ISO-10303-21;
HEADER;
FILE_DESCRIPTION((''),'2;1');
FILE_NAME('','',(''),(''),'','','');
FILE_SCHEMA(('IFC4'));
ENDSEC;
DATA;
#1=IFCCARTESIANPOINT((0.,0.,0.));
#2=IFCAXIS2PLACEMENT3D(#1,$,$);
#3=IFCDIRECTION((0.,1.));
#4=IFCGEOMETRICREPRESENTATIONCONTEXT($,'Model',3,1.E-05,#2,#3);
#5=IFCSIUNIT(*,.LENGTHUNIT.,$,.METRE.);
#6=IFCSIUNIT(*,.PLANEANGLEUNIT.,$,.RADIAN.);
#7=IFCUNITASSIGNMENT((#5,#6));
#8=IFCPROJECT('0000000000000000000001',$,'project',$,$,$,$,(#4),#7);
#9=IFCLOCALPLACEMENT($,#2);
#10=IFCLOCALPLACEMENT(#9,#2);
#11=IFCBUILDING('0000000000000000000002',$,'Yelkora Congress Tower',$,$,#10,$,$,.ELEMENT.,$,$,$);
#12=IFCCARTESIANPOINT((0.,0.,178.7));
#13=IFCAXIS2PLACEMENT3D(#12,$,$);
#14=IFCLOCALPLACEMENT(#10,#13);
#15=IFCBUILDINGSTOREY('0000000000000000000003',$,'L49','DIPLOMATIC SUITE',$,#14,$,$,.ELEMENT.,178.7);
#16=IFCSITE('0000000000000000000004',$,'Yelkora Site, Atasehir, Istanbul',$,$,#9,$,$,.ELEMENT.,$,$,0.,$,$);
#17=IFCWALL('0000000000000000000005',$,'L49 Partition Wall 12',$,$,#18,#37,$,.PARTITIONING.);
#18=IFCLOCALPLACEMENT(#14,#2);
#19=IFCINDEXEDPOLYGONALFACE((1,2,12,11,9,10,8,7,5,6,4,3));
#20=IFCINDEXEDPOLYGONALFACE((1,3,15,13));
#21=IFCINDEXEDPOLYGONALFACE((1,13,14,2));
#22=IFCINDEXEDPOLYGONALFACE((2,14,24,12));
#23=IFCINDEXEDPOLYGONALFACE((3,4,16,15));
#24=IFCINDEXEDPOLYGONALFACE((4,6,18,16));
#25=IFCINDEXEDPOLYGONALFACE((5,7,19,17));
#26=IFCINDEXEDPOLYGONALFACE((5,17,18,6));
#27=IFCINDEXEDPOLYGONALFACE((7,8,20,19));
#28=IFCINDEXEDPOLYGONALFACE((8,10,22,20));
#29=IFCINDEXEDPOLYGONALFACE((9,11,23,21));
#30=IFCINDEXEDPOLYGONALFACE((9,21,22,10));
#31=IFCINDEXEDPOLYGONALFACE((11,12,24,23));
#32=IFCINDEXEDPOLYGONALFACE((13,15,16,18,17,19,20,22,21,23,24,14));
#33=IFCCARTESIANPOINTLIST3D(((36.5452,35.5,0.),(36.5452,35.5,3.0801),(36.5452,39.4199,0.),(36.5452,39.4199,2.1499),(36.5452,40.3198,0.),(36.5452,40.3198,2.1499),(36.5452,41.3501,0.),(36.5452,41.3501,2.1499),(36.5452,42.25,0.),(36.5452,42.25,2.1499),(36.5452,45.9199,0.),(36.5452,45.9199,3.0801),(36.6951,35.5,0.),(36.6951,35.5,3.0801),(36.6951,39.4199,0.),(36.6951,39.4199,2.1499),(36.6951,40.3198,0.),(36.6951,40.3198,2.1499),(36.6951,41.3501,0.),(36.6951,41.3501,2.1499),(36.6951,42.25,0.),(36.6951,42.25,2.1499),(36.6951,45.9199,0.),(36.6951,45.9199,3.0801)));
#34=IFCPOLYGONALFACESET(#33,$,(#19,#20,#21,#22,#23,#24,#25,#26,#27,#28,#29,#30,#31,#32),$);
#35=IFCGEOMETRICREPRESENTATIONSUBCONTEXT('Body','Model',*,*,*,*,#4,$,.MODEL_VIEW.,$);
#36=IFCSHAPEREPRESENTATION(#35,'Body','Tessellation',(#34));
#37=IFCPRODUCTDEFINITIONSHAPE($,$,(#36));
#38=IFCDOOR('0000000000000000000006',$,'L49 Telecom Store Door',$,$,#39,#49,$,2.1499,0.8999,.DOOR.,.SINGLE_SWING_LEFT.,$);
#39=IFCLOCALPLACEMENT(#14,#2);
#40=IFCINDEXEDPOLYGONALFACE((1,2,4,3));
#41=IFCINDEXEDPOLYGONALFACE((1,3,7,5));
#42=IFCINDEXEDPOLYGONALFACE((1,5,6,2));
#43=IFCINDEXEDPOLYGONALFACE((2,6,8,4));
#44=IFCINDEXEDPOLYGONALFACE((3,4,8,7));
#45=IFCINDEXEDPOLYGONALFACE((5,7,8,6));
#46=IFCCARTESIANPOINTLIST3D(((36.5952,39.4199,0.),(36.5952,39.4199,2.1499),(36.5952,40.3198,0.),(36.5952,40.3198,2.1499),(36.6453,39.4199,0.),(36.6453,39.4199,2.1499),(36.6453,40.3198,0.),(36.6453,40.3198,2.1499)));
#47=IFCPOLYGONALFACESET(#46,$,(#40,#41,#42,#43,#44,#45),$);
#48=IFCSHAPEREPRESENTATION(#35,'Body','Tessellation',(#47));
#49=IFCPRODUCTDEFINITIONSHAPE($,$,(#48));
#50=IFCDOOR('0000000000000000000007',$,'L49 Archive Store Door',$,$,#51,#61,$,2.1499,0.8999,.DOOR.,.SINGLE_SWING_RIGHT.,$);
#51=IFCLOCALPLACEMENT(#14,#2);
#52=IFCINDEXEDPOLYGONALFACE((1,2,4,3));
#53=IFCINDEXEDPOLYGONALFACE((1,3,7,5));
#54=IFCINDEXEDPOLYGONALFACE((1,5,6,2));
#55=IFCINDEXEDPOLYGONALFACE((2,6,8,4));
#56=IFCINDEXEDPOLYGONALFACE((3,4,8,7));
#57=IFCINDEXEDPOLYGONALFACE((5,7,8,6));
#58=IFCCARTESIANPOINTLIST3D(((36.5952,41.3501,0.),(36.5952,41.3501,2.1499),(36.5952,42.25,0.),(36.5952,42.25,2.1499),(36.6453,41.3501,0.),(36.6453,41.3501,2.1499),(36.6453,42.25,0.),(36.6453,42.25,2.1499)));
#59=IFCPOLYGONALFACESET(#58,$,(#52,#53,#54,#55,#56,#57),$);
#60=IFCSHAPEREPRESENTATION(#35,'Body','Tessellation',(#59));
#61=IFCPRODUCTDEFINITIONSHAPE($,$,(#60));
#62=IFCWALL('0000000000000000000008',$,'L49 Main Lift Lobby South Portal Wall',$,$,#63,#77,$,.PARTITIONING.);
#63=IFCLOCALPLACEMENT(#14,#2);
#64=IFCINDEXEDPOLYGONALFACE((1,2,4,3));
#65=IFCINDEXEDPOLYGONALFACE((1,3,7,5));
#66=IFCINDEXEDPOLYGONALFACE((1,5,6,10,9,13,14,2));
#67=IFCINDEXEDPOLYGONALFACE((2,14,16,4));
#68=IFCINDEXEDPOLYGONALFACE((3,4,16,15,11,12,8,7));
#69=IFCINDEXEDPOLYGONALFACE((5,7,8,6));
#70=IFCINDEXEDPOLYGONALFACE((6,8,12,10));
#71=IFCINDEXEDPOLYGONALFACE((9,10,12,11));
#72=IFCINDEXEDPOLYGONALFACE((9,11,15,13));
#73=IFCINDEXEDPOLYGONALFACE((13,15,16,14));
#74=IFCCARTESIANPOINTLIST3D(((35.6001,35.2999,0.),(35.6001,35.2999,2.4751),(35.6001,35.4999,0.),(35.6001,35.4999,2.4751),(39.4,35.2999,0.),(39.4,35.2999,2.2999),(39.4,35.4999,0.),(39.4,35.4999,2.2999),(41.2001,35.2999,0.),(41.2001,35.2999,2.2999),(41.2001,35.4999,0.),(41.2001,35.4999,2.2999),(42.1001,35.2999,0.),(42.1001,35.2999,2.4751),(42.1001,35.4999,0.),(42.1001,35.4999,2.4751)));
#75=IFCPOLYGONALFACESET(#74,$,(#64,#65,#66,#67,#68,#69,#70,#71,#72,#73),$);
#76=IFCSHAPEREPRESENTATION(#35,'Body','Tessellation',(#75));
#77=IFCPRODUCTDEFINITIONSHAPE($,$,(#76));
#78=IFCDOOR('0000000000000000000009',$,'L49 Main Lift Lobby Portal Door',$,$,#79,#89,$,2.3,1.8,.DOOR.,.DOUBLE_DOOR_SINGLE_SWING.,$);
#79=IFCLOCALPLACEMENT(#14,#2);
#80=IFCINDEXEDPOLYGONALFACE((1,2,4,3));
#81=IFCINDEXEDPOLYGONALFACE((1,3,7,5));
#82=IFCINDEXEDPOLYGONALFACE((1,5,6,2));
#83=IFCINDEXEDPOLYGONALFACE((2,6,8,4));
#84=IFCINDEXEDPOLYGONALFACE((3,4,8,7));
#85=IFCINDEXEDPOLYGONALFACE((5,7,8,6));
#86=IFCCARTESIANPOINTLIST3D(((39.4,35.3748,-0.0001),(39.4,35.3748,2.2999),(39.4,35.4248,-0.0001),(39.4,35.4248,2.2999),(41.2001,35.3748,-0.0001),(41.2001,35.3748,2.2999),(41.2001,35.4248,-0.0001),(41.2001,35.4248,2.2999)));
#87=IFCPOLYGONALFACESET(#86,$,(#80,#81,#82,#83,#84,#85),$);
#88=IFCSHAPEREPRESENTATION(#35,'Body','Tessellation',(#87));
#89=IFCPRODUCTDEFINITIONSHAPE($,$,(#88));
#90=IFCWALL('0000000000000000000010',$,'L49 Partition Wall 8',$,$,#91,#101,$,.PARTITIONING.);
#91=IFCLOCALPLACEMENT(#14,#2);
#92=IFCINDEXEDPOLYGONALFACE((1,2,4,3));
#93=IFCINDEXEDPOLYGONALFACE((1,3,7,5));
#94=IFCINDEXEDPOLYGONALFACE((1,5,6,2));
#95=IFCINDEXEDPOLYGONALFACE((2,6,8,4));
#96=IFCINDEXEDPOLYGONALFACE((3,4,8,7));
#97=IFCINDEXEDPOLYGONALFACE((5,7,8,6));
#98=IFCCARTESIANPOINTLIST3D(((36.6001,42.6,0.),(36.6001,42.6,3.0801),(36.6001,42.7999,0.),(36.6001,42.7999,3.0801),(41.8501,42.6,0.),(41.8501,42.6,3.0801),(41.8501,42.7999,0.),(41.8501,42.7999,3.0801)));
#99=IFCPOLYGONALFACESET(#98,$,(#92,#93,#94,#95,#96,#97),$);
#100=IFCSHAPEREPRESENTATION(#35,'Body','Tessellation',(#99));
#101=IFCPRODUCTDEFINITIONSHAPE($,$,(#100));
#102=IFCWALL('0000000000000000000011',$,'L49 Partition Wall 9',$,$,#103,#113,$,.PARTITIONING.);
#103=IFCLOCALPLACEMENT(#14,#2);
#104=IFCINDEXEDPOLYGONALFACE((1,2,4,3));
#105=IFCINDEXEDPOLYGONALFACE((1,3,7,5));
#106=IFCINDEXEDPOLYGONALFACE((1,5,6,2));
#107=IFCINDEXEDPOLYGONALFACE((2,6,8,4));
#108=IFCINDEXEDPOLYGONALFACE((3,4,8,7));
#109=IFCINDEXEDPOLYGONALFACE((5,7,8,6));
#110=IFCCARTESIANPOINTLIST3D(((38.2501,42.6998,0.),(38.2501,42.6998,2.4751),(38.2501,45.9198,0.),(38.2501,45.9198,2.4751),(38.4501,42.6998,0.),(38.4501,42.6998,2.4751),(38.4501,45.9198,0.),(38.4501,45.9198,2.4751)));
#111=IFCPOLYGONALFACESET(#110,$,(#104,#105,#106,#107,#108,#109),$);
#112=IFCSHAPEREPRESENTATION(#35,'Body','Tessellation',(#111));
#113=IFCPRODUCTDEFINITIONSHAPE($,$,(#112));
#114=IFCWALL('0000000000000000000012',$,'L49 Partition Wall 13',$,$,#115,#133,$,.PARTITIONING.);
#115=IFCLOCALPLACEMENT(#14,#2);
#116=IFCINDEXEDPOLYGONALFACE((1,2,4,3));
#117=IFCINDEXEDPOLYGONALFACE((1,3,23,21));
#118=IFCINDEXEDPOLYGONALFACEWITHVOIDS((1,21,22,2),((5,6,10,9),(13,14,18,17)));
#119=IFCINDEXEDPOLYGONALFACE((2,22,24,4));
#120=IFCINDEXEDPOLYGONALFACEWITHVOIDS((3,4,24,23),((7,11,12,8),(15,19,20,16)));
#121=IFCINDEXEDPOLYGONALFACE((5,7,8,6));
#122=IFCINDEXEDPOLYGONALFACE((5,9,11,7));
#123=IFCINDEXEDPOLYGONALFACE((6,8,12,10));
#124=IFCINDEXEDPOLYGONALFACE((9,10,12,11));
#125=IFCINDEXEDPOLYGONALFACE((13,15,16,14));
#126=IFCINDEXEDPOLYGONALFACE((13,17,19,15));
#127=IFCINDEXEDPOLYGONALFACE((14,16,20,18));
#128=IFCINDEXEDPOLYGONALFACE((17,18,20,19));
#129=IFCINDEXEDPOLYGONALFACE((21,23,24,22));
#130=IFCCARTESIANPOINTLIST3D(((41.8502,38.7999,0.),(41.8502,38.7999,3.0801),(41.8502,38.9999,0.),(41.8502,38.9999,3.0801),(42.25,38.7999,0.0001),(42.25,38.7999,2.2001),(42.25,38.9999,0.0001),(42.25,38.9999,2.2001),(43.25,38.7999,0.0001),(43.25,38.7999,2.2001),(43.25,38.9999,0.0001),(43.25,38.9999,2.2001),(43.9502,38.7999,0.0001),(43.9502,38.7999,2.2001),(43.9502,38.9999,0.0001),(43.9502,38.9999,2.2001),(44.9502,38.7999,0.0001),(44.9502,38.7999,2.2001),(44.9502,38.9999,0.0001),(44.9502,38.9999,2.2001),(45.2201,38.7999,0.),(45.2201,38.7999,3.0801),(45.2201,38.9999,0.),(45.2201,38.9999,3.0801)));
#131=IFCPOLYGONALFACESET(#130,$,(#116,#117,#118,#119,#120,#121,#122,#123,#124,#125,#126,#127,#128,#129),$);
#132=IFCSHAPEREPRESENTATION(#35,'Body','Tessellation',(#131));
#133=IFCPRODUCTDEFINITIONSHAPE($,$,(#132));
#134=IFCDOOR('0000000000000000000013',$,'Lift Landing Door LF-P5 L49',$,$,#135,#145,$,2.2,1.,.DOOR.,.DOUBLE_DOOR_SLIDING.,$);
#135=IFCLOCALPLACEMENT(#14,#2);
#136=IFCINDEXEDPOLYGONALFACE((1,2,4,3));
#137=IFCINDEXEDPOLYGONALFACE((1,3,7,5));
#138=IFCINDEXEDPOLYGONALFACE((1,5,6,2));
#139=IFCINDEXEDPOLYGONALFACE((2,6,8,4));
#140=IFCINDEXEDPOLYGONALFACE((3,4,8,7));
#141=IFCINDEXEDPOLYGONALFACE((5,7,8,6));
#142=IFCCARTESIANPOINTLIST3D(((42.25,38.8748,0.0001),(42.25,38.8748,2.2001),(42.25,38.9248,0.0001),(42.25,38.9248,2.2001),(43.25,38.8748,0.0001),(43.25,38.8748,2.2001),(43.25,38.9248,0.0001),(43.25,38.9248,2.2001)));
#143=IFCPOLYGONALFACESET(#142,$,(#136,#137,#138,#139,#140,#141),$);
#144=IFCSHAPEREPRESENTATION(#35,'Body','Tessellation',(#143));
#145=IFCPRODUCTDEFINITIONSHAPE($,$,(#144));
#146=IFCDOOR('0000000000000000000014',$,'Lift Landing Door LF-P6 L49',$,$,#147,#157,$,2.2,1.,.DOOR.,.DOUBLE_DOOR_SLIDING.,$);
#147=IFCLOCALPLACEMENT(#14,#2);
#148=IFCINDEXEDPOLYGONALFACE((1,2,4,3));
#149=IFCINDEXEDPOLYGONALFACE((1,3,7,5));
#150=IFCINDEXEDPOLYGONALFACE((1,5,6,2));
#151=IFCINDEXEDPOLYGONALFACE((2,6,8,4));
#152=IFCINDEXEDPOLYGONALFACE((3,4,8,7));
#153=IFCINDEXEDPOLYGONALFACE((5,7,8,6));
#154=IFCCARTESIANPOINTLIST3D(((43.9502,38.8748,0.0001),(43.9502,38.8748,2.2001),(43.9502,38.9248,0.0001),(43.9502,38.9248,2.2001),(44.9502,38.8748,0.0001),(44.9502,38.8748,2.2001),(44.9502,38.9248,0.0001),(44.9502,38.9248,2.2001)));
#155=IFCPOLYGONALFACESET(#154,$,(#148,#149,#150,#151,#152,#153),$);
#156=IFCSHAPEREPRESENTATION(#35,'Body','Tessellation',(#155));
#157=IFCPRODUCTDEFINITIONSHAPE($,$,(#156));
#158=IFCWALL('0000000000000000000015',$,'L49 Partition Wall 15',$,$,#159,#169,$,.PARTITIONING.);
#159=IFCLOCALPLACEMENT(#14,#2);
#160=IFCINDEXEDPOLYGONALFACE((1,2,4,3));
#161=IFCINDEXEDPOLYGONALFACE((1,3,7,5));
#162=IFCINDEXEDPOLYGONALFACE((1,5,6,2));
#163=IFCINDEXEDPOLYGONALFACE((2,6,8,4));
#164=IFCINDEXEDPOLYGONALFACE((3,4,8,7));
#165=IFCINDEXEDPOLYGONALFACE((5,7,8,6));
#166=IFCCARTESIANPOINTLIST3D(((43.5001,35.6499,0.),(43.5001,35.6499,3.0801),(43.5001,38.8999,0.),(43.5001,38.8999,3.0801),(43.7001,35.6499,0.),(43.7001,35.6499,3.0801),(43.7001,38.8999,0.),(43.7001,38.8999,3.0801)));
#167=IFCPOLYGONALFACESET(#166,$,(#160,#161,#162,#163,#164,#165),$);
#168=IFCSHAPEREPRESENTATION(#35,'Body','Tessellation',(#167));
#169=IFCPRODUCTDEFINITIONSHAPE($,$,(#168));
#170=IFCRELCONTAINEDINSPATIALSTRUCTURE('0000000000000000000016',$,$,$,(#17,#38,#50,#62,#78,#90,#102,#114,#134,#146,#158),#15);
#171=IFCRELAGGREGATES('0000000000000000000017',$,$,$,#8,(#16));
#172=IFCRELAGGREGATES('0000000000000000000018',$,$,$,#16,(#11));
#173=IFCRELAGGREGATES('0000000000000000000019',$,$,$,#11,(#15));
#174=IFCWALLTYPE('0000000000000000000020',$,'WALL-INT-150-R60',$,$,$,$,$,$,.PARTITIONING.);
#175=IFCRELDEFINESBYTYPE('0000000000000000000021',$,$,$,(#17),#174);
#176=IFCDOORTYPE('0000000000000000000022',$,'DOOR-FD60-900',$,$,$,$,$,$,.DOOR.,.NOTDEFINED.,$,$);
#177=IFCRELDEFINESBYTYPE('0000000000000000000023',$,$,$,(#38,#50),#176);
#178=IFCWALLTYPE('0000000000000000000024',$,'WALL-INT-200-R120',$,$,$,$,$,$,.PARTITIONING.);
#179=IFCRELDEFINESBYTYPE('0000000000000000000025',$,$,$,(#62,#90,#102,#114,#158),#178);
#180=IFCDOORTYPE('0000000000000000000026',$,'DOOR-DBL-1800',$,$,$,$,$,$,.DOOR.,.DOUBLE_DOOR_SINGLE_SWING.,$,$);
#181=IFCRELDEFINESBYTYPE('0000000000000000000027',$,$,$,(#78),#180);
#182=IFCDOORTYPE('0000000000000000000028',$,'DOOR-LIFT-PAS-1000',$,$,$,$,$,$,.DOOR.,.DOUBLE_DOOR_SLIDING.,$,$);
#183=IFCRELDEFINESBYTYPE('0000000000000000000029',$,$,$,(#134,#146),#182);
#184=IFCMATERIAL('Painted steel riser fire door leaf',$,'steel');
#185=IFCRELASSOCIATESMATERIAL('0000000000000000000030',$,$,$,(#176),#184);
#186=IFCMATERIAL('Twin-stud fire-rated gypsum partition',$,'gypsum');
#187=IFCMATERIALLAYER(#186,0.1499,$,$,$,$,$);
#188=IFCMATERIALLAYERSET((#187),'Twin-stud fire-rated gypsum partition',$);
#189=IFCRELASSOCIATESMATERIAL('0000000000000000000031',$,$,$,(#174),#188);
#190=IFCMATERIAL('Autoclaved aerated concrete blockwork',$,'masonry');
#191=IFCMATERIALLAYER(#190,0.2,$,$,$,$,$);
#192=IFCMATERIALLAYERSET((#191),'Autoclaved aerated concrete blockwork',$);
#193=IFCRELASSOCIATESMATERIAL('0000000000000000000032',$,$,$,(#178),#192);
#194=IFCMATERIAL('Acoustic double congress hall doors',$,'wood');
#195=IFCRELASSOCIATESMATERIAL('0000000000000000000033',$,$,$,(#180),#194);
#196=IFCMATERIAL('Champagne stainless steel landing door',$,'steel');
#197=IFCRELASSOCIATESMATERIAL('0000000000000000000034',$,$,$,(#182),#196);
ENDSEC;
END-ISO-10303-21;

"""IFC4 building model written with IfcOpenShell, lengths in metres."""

from ifc_helpers import new_model, si_unit, direction, frame, frame_2d, origin, place, context, subcontext, project, spatial, rectangle, extrude, material, layer, layer_set, type_object, element, fill, save


model = new_model("IFC4")

# Units and contexts
model_context = context("Model", 3, precision=1e-05, world=origin(), true_north=direction((0.0, 1.0)))
body_context = subcontext(model_context, "Body", "Model", "MODEL_VIEW")
ifc_project = project(units=[si_unit("LENGTHUNIT", "METRE"), si_unit("PLANEANGLEUNIT", "RADIAN")], contexts=[model_context])

# Site, building, storey
site_placement = place(None, origin())
site = spatial("IfcSite", under=ifc_project, at=site_placement, Name="Yelkora Site, Atasehir, Istanbul", CompositionType="ELEMENT", RefElevation=0.0)
building_placement = place(site_placement, origin())
building = spatial("IfcBuilding", under=site, at=building_placement, Name="Yelkora Congress Tower", CompositionType="ELEMENT")
storey_placement = place(building_placement, frame((0.0, 0.0, 178.7)))
storey = spatial("IfcBuildingStorey", under=building, at=storey_placement, Name="L49", Description="DIPLOMATIC SUITE", CompositionType="ELEMENT", Elevation=178.7)

# Shared definitions
ifc_material_1 = material(Name="Painted steel riser fire door leaf", Category="steel")
door_type_1 = type_object("IfcDoorType", Name="DOOR-FD60-900", OperationType="NOTDEFINED", PredefinedType="DOOR", material=ifc_material_1)

# Shared definitions
ifc_material_2 = material(Name="Twin-stud fire-rated gypsum partition", Category="gypsum")
ifc_layer_1 = layer(ifc_material_2, 0.1499)
ifc_layer_set_1 = layer_set([ifc_layer_1], Name="Twin-stud fire-rated gypsum partition")
wall_type_1 = type_object("IfcWallType", Name="WALL-INT-150-R60", PredefinedType="PARTITIONING", material=ifc_layer_set_1)

# Wall, openings, doors
wall_1_placement = place(storey_placement, frame((36.6201, 35.5, 0.0), z_axis=(0.0, 0.0, 1.0), x_axis=(0.0, 1.0, 0.0)))
wall_1 = element("IfcWall", 1, at=wall_1_placement, inside=storey, type_object=wall_type_1, Name="L49 Partition Wall 12", PredefinedType="PARTITIONING", context=body_context, shape_type="SweptSolid", body=[
    extrude(rectangle(XDim=10.4199, YDim=0.1499, at=frame_2d((5.21, 0.0))), origin(), (0.0, 0.0, 1.0), 3.0801),
])
opening_1_placement = place(wall_1_placement, frame((3.9199, 0.0, 0.0)))
opening_1 = element("IfcOpeningElement", 2, at=opening_1_placement, cuts=wall_1, PredefinedType="OPENING", context=body_context, shape_type="SweptSolid", body=[
    extrude(rectangle(XDim=0.8999, YDim=2.1499, at=frame_2d((0.45, 1.075))), frame((0.0, 0.085, 0.0), z_axis=(0.0, -1.0, 0.0), x_axis=(1.0, 0.0, 0.0)), (0.0, 0.0, 1.0), 0.1699),
])
opening_2_placement = place(wall_1_placement, frame((5.8501, 0.0, 0.0)))
opening_2 = element("IfcOpeningElement", 3, at=opening_2_placement, cuts=wall_1, PredefinedType="OPENING", context=body_context, shape_type="SweptSolid", body=[
    extrude(rectangle(XDim=0.8999, YDim=2.1499, at=frame_2d((0.45, 1.075))), frame((0.0, 0.085, 0.0), z_axis=(0.0, -1.0, 0.0), x_axis=(1.0, 0.0, 0.0)), (0.0, 0.0, 1.0), 0.1699),
])
door_1_placement = place(opening_1_placement, origin())
door_1 = element("IfcDoor", 4, at=door_1_placement, inside=storey, type_object=door_type_1, Name="L49 Telecom Store Door", OperationType="SINGLE_SWING_LEFT", OverallHeight=2.1499, OverallWidth=0.8999, PredefinedType="DOOR", context=body_context, shape_type="SweptSolid", body=[
    extrude(rectangle(XDim=0.8999, YDim=2.1499, at=frame_2d((0.45, 1.075))), frame((0.0, 0.0249, 0.0), z_axis=(0.0, -1.0, 0.0), x_axis=(1.0, 0.0, 0.0)), (0.0, 0.0, 1.0), 0.05),
])
fill(opening_1, door_1)
door_2_placement = place(opening_2_placement, origin())
door_2 = element("IfcDoor", 5, at=door_2_placement, inside=storey, type_object=door_type_1, Name="L49 Archive Store Door", OperationType="SINGLE_SWING_RIGHT", OverallHeight=2.1499, OverallWidth=0.8999, PredefinedType="DOOR", context=body_context, shape_type="SweptSolid", body=[
    extrude(rectangle(XDim=0.8999, YDim=2.1499, at=frame_2d((0.45, 1.075))), frame((0.0, 0.0249, 0.0), z_axis=(0.0, -1.0, 0.0), x_axis=(1.0, 0.0, 0.0)), (0.0, 0.0, 1.0), 0.05),
])
fill(opening_2, door_2)

# Wall, opening, door
ifc_material_3 = material(Name="Autoclaved aerated concrete blockwork", Category="masonry")
ifc_layer_2 = layer(ifc_material_3, 0.2)
ifc_layer_set_2 = layer_set([ifc_layer_2], Name="Autoclaved aerated concrete blockwork")
wall_type_2 = type_object("IfcWallType", Name="WALL-INT-200-R120", PredefinedType="PARTITIONING", material=ifc_layer_set_2)
wall_2_placement = place(storey_placement, frame((35.6001, 35.3999, 0.0), z_axis=(0.0, 0.0, 1.0), x_axis=(1.0, 0.0, 0.0)))
wall_2 = element("IfcWall", 6, at=wall_2_placement, inside=storey, type_object=wall_type_2, Name="L49 Main Lift Lobby South Portal Wall", PredefinedType="PARTITIONING", context=body_context, shape_type="SweptSolid", body=[
    extrude(rectangle(XDim=6.5, YDim=0.2, at=frame_2d((3.25, 0.0))), origin(), (0.0, 0.0, 1.0), 2.4751),
])
opening_3_placement = place(wall_2_placement, frame((3.8, 0.0, 0.0)))
opening_3 = element("IfcOpeningElement", 7, at=opening_3_placement, cuts=wall_2, PredefinedType="OPENING", context=body_context, shape_type="SweptSolid", body=[
    extrude(rectangle(XDim=1.8, YDim=2.3, at=frame_2d((0.8999, 1.1499))), frame((0.0, 0.1099, 0.0), z_axis=(0.0, -1.0, 0.0), x_axis=(1.0, 0.0, 0.0)), (0.0, 0.0, 1.0), 0.22),
])
ifc_material_4 = material(Name="Acoustic double congress hall doors", Category="wood")
door_type_2 = type_object("IfcDoorType", Name="DOOR-DBL-1800", OperationType="DOUBLE_DOOR_SINGLE_SWING", PredefinedType="DOOR", material=ifc_material_4)
door_3_placement = place(opening_3_placement, origin())
door_3 = element("IfcDoor", 8, at=door_3_placement, inside=storey, type_object=door_type_2, Name="L49 Main Lift Lobby Portal Door", OperationType="DOUBLE_DOOR_SINGLE_SWING", OverallHeight=2.3, OverallWidth=1.8, PredefinedType="DOOR", context=body_context, shape_type="SweptSolid", body=[
    extrude(rectangle(XDim=1.8, YDim=2.3, at=frame_2d((0.8999, 1.1499))), frame((0.0, 0.0249, 0.0), z_axis=(0.0, -1.0, 0.0), x_axis=(1.0, 0.0, 0.0)), (0.0, 0.0, 1.0), 0.05),
])
fill(opening_3, door_3)

# Walls
wall_3_placement = place(storey_placement, frame((36.6001, 42.7, 0.0), z_axis=(0.0, 0.0, 1.0), x_axis=(1.0, 0.0, 0.0)))
element("IfcWall", 9, at=wall_3_placement, inside=storey, type_object=wall_type_2, Name="L49 Partition Wall 8", PredefinedType="PARTITIONING", context=body_context, shape_type="SweptSolid", body=[
    extrude(rectangle(XDim=5.25, YDim=0.2, at=frame_2d((2.625, 0.0))), origin(), (0.0, 0.0, 1.0), 3.0801),
])
wall_4_placement = place(storey_placement, frame((38.3501, 42.7, 0.0), z_axis=(0.0, 0.0, 1.0), x_axis=(0.0, 1.0, 0.0)))
element("IfcWall", 10, at=wall_4_placement, inside=storey, type_object=wall_type_2, Name="L49 Partition Wall 9", PredefinedType="PARTITIONING", context=body_context, shape_type="SweptSolid", body=[
    extrude(rectangle(XDim=3.22, YDim=0.2, at=frame_2d((1.6099, 0.0))), origin(), (0.0, 0.0, 1.0), 2.4751),
])

# Wall, openings, doors
wall_5_placement = place(storey_placement, frame((41.8501, 38.8999, 0.0), z_axis=(0.0, 0.0, 1.0), x_axis=(1.0, 0.0, 0.0)))
wall_5 = element("IfcWall", 11, at=wall_5_placement, inside=storey, type_object=wall_type_2, Name="L49 Partition Wall 13", PredefinedType="PARTITIONING", context=body_context, shape_type="SweptSolid", body=[
    extrude(rectangle(XDim=3.3699, YDim=0.2, at=frame_2d((1.6851, 0.0))), origin(), (0.0, 0.0, 1.0), 3.0801),
])
opening_4_placement = place(wall_5_placement, frame((0.3999, 0.0, 0.0)))
opening_4 = element("IfcOpeningElement", 12, at=opening_4_placement, cuts=wall_5, PredefinedType="OPENING", context=body_context, shape_type="SweptSolid", body=[
    extrude(rectangle(XDim=1.0, YDim=2.2, at=frame_2d((0.5, 1.1001))), frame((0.0, 0.1099, 0.0), z_axis=(0.0, -1.0, 0.0), x_axis=(1.0, 0.0, 0.0)), (0.0, 0.0, 1.0), 0.22),
])
opening_5_placement = place(wall_5_placement, frame((2.1001, 0.0, 0.0)))
opening_5 = element("IfcOpeningElement", 13, at=opening_5_placement, cuts=wall_5, PredefinedType="OPENING", context=body_context, shape_type="SweptSolid", body=[
    extrude(rectangle(XDim=1.0, YDim=2.2, at=frame_2d((0.5, 1.1001))), frame((0.0, 0.1099, 0.0), z_axis=(0.0, -1.0, 0.0), x_axis=(1.0, 0.0, 0.0)), (0.0, 0.0, 1.0), 0.22),
])
ifc_material_5 = material(Name="Champagne stainless steel landing door", Category="steel")
door_type_3 = type_object("IfcDoorType", Name="DOOR-LIFT-PAS-1000", OperationType="DOUBLE_DOOR_SLIDING", PredefinedType="DOOR", material=ifc_material_5)
door_4_placement = place(opening_4_placement, origin())
door_4 = element("IfcDoor", 14, at=door_4_placement, inside=storey, type_object=door_type_3, Name="Lift Landing Door LF-P5 L49", OperationType="DOUBLE_DOOR_SLIDING", OverallHeight=2.2, OverallWidth=1.0, PredefinedType="DOOR", context=body_context, shape_type="SweptSolid", body=[
    extrude(rectangle(XDim=1.0, YDim=2.2, at=frame_2d((0.5, 1.1001))), frame((0.0, 0.0249, 0.0), z_axis=(0.0, -1.0, 0.0), x_axis=(1.0, 0.0, 0.0)), (0.0, 0.0, 1.0), 0.05),
])
fill(opening_4, door_4)
door_5_placement = place(opening_5_placement, origin())
door_5 = element("IfcDoor", 15, at=door_5_placement, inside=storey, type_object=door_type_3, Name="Lift Landing Door LF-P6 L49", OperationType="DOUBLE_DOOR_SLIDING", OverallHeight=2.2, OverallWidth=1.0, PredefinedType="DOOR", context=body_context, shape_type="SweptSolid", body=[
    extrude(rectangle(XDim=1.0, YDim=2.2, at=frame_2d((0.5, 1.1001))), frame((0.0, 0.0249, 0.0), z_axis=(0.0, -1.0, 0.0), x_axis=(1.0, 0.0, 0.0)), (0.0, 0.0, 1.0), 0.05),
])
fill(opening_5, door_5)

# Wall
wall_6_placement = place(storey_placement, frame((43.6001, 35.6499, 0.0), z_axis=(0.0, 0.0, 1.0), x_axis=(0.0, 1.0, 0.0)))
element("IfcWall", 16, at=wall_6_placement, inside=storey, type_object=wall_type_2, Name="L49 Partition Wall 15", PredefinedType="PARTITIONING", context=body_context, shape_type="SweptSolid", body=[
    extrude(rectangle(XDim=3.25, YDim=0.2, at=frame_2d((1.625, 0.0))), origin(), (0.0, 0.0, 1.0), 3.0801),
])

save(model, "model.ifc")
